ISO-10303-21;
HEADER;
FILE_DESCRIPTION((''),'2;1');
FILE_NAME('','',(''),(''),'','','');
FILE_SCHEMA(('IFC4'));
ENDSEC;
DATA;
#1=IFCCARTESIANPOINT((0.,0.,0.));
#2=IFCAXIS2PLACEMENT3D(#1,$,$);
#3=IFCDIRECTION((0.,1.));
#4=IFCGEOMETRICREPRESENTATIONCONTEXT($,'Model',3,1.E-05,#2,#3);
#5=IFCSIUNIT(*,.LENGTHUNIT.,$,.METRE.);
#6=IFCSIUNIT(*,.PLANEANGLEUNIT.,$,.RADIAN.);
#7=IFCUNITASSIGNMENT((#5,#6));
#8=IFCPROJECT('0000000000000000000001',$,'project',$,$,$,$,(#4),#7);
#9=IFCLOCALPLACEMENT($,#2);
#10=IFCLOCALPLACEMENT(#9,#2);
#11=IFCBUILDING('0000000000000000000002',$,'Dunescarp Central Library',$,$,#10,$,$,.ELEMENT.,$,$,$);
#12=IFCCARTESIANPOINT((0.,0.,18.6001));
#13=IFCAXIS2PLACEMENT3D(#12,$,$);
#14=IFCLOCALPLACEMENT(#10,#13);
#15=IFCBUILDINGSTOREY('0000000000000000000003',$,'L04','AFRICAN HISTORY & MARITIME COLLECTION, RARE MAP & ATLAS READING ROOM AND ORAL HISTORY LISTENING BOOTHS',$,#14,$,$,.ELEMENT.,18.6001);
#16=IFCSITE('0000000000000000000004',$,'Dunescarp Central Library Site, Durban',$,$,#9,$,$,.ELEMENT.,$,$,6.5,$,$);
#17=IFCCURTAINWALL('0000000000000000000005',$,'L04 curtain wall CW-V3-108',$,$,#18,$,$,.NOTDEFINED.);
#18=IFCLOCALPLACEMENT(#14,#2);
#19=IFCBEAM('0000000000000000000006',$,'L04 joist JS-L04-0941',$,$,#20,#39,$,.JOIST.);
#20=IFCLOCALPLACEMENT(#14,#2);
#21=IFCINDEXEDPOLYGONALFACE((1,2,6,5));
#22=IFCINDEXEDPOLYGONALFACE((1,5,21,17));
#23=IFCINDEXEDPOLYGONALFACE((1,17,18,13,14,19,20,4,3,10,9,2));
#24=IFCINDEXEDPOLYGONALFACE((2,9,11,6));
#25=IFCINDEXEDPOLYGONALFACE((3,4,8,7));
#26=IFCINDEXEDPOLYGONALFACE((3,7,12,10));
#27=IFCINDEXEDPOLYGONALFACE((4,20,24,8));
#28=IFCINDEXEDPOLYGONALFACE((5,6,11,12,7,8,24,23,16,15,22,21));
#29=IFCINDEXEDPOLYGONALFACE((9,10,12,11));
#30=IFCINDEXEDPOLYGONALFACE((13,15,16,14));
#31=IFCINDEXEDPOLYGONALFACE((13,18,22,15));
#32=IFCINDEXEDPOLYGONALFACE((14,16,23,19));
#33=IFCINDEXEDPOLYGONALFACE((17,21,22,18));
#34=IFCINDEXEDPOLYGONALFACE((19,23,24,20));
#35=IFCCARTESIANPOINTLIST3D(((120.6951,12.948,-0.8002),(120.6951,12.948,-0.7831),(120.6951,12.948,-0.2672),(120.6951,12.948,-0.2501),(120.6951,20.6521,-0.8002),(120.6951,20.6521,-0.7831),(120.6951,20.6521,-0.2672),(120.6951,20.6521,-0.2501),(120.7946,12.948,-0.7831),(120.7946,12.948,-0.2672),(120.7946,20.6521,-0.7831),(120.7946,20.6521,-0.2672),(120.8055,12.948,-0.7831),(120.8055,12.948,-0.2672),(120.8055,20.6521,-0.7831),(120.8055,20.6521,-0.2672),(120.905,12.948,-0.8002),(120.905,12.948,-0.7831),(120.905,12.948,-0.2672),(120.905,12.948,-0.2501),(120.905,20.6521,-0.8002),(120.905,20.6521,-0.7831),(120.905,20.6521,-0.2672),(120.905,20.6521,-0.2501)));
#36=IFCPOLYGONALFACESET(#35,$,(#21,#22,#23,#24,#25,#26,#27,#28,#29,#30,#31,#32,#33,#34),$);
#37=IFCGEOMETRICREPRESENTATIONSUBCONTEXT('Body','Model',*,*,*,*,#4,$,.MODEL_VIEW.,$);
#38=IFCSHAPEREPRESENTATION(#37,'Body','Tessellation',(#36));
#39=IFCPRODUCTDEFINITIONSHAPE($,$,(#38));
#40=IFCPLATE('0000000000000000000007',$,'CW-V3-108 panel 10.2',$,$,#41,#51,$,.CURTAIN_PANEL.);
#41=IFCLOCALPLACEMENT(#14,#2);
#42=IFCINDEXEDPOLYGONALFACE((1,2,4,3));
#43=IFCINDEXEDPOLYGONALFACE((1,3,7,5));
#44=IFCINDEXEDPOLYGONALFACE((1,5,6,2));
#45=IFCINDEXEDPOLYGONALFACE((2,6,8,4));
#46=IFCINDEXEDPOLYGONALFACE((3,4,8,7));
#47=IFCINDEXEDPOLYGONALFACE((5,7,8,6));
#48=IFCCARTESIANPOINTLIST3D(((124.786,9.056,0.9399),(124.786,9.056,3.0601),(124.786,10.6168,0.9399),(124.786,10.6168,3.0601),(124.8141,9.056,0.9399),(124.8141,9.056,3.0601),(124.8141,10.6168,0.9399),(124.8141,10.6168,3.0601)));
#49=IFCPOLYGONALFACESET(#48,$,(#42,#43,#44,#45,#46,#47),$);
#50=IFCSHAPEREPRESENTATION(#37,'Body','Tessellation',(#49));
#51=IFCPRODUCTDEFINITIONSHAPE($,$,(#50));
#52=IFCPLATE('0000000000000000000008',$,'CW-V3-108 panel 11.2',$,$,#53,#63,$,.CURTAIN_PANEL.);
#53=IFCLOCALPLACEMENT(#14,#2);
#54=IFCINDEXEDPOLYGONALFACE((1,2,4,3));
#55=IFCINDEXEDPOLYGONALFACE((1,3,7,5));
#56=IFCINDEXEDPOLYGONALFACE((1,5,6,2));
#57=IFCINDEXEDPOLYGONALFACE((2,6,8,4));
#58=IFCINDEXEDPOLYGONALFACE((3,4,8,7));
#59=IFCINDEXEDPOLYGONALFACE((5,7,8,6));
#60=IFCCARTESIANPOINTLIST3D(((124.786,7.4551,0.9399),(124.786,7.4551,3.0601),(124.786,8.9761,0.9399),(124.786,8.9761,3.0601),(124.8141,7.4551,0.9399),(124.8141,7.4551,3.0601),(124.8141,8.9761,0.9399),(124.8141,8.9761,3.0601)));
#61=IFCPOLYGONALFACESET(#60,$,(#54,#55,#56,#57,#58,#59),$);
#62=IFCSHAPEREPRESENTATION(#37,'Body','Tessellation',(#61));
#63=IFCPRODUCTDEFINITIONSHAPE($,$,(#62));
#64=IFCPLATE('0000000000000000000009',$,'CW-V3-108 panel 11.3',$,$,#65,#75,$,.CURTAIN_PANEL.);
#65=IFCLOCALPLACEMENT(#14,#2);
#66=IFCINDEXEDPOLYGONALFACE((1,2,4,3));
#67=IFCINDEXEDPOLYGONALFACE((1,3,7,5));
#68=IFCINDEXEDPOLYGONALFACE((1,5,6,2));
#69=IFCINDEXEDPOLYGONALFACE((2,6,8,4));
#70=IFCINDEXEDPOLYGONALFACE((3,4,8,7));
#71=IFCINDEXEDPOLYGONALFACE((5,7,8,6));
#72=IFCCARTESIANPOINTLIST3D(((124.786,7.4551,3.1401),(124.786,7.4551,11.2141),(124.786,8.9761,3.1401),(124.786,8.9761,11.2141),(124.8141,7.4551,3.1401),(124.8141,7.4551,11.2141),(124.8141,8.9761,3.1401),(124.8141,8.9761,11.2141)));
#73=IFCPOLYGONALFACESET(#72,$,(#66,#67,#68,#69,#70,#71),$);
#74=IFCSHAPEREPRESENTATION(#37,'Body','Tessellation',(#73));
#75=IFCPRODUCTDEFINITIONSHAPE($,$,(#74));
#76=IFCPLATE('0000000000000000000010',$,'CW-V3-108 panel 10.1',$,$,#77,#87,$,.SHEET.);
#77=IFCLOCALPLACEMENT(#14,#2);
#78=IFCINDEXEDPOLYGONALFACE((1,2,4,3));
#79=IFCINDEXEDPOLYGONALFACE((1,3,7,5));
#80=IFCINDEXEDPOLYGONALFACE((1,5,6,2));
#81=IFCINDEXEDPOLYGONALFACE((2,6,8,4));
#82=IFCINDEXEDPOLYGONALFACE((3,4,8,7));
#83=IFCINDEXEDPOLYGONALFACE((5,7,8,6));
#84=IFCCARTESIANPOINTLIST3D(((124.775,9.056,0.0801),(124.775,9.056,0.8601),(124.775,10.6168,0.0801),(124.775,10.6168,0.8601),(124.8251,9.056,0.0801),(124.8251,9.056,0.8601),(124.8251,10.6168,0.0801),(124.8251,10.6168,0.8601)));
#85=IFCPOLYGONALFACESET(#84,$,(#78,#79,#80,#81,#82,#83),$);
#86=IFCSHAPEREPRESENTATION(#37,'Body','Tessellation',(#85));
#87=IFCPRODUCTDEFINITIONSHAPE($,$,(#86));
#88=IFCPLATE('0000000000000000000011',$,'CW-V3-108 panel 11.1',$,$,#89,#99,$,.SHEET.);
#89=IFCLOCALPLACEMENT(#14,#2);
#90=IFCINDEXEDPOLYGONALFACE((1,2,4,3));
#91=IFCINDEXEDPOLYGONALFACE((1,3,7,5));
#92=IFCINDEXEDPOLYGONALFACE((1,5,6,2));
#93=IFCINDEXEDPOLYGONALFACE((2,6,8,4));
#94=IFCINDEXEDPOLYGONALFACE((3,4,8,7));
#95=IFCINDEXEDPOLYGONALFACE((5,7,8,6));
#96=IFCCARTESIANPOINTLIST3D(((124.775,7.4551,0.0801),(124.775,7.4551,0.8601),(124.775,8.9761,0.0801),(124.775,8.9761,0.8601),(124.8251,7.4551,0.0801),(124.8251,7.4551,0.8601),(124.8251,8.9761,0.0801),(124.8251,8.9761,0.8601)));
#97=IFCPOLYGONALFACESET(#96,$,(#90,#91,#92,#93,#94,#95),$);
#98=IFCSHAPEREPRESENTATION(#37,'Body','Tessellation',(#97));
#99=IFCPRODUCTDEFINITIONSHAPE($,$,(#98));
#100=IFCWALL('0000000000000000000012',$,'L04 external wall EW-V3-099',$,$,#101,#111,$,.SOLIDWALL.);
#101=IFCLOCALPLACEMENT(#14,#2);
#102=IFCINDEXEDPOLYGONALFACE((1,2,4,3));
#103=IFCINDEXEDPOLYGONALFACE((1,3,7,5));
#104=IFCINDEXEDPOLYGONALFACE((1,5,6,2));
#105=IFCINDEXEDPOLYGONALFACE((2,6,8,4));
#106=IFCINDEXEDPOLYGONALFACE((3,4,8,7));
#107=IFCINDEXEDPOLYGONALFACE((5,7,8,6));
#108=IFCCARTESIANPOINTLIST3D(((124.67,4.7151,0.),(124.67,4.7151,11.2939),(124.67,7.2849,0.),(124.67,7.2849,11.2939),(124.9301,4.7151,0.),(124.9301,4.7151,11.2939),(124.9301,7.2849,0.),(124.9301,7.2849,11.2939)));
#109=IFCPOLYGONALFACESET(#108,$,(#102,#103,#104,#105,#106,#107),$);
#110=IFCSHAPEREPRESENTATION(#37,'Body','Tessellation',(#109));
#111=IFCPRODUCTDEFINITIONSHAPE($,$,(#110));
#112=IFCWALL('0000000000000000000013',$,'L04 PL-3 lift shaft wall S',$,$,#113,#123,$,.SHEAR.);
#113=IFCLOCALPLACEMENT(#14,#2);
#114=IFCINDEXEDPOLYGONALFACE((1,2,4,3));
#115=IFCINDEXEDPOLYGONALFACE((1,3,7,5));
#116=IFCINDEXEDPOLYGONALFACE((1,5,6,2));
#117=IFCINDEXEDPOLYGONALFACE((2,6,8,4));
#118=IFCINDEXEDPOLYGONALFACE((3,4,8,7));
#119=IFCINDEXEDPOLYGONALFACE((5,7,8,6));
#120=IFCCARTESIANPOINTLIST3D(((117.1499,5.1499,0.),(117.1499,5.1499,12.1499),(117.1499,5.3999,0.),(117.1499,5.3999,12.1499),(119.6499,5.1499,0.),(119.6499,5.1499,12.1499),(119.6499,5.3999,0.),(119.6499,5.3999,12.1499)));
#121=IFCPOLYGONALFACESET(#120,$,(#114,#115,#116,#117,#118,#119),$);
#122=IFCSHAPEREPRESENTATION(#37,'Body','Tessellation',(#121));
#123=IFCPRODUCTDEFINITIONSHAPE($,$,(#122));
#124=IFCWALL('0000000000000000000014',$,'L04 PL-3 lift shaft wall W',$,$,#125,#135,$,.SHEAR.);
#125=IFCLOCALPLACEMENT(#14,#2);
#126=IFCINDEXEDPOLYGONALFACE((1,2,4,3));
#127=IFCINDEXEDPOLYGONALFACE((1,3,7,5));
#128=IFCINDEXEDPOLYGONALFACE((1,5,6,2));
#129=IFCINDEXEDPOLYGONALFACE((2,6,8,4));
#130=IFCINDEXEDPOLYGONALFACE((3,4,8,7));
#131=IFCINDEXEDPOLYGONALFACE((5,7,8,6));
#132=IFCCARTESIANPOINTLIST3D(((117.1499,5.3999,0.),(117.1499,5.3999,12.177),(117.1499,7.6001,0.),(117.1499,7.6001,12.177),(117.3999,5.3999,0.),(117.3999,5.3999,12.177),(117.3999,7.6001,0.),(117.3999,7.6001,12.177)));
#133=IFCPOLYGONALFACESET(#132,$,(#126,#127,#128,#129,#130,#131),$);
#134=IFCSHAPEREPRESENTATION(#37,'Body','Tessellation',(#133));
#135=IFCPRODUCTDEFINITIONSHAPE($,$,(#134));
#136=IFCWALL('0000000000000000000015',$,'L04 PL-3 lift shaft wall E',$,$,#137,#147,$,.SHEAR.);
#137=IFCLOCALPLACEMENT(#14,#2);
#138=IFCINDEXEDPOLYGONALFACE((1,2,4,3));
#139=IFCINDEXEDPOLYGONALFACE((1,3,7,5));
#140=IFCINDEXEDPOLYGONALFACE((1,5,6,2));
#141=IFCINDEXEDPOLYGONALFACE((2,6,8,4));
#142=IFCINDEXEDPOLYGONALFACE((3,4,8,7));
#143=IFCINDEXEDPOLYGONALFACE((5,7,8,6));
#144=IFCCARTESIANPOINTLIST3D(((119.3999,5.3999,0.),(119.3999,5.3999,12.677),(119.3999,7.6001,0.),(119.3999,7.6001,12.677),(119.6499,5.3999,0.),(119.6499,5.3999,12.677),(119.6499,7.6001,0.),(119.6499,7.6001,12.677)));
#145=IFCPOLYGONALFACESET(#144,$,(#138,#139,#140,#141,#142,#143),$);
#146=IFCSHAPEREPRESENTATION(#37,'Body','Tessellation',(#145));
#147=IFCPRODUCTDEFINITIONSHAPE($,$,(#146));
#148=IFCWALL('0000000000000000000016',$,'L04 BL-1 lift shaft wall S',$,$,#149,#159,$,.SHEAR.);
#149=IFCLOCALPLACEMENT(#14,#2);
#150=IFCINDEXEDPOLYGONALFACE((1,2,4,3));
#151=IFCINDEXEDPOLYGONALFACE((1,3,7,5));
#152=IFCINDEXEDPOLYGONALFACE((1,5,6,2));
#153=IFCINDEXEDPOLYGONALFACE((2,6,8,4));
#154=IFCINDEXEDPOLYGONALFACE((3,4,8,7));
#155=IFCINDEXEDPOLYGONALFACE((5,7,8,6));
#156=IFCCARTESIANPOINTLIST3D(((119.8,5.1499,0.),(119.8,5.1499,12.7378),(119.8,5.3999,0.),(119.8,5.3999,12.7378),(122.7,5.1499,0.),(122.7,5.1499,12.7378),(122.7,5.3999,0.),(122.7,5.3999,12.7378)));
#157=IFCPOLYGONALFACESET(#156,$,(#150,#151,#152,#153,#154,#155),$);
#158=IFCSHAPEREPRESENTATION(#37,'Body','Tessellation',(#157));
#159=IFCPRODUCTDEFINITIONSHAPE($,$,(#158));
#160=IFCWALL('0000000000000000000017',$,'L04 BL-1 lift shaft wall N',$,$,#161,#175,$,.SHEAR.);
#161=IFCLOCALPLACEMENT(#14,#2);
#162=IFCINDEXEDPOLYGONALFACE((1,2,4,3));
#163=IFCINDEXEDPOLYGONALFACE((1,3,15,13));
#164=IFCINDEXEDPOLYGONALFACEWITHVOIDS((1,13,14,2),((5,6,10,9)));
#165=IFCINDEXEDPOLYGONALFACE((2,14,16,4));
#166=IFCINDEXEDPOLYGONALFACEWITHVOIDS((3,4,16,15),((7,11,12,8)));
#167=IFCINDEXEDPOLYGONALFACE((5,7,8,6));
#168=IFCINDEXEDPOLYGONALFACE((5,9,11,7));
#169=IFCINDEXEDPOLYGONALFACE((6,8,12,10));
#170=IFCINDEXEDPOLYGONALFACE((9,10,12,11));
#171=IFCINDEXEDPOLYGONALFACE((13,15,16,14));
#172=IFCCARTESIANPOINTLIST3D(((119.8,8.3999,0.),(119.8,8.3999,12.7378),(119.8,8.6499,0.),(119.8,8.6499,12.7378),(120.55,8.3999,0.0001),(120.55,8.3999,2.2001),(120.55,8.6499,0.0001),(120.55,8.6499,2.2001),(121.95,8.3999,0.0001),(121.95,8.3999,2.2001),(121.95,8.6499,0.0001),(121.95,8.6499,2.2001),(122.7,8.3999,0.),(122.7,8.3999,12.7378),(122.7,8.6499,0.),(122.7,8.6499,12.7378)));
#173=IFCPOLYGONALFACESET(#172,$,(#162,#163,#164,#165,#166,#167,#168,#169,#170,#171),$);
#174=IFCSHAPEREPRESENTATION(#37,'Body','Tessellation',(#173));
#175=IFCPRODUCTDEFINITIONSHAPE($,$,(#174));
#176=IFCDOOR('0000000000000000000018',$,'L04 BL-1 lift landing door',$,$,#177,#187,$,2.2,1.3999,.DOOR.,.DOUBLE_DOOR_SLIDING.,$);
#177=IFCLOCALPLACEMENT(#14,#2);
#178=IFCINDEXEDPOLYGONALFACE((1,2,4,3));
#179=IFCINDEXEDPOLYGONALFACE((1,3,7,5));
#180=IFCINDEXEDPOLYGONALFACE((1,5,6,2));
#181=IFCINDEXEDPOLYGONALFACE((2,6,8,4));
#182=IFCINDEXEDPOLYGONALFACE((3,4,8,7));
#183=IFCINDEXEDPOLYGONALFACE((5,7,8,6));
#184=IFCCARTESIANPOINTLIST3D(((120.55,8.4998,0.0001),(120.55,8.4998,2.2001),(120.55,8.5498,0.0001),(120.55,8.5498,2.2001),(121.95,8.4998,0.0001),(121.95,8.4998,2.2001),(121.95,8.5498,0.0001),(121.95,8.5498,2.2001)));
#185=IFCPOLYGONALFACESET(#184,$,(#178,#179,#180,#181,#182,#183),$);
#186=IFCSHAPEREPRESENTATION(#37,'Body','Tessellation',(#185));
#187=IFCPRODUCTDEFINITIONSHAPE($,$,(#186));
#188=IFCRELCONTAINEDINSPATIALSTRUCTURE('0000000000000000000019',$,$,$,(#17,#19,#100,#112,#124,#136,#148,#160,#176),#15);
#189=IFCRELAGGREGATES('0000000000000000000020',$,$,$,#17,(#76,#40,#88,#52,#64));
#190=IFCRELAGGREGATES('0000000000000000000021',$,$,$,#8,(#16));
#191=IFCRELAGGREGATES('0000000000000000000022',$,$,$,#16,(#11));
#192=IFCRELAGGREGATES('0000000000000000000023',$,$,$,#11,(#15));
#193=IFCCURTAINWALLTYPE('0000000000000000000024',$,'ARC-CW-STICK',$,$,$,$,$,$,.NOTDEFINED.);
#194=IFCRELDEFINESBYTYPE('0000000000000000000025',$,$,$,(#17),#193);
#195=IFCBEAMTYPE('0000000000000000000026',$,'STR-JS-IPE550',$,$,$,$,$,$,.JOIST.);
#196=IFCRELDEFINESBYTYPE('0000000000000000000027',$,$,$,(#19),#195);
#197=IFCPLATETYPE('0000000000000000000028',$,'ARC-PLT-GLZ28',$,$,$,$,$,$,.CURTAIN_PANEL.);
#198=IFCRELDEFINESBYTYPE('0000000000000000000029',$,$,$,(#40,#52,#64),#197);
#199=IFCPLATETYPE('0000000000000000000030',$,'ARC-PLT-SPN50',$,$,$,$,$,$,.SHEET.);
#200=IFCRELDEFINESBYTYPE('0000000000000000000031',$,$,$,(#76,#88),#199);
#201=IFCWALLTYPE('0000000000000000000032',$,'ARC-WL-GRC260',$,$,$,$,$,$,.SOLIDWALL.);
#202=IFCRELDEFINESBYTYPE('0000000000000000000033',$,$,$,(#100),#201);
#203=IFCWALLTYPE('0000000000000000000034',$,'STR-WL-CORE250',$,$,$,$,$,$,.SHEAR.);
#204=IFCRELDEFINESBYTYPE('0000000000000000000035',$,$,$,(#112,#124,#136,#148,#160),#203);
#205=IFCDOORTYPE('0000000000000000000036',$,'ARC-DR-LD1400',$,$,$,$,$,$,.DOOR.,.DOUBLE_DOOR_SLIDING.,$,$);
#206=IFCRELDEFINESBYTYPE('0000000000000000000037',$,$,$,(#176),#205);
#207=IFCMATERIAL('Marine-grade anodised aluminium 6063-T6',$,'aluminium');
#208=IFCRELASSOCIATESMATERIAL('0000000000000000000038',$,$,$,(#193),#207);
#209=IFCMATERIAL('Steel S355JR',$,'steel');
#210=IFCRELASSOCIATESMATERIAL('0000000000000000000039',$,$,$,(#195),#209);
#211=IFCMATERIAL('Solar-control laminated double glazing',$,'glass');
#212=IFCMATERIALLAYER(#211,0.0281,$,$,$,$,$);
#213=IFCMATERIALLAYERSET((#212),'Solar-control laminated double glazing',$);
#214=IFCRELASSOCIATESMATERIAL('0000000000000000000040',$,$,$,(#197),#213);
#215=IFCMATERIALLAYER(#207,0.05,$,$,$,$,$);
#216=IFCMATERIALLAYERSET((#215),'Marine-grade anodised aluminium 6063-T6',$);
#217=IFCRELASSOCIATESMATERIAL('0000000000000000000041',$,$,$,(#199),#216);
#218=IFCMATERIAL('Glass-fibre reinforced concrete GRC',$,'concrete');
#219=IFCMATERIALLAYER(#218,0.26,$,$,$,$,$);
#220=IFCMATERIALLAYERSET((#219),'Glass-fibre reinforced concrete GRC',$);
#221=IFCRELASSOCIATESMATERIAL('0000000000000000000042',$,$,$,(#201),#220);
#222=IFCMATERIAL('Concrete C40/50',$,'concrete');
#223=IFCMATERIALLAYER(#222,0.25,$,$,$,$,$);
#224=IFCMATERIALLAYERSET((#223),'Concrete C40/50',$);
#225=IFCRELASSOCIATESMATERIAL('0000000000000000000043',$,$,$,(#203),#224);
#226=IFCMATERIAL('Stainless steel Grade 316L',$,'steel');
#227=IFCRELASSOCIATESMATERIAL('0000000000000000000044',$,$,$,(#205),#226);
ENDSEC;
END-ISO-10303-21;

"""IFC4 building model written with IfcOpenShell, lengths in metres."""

from ifc_helpers import new_model, si_unit, direction, frame, frame_2d, origin, origin_2d, place, context, subcontext, project, spatial, rectangle, i_section, extrude, material, layer, layer_set, material_profile, profile_set, type_object, element, fill, aggregate, save


model = new_model("IFC4")

# Units and contexts
model_context = context("Model", 3, precision=1e-05, world=origin(), true_north=direction((0.0, 1.0)))
body_context = subcontext(model_context, "Body", "Model", "MODEL_VIEW")
ifc_project = project(units=[si_unit("LENGTHUNIT", "METRE"), si_unit("PLANEANGLEUNIT", "RADIAN")], contexts=[model_context])

# Site, building, storey
site_placement = place(None, origin())
site = spatial("IfcSite", under=ifc_project, at=site_placement, Name="Dunescarp Central Library Site, Durban", CompositionType="ELEMENT", RefElevation=6.5)
building_placement = place(site_placement, origin())
building = spatial("IfcBuilding", under=site, at=building_placement, Name="Dunescarp Central Library", CompositionType="ELEMENT")
storey_placement = place(building_placement, frame((0.0, 0.0, 18.6001)))
storey = spatial("IfcBuildingStorey", under=building, at=storey_placement, Name="L04", Description="AFRICAN HISTORY & MARITIME COLLECTION, RARE MAP & ATLAS READING ROOM AND ORAL HISTORY LISTENING BOOTHS", CompositionType="ELEMENT", Elevation=18.6001)

# Shared definitions
ifc_material_1 = material(Name="Steel S355JR", Category="steel")

# Curtain wall
ifc_material_2 = material(Name="Marine-grade anodised aluminium 6063-T6", Category="aluminium")
curtain_wall_type = type_object("IfcCurtainWallType", Name="ARC-CW-STICK", PredefinedType="NOTDEFINED", material=ifc_material_2)
curtain_wall_placement = place(storey_placement, origin())
curtain_wall = element("IfcCurtainWall", 1, at=curtain_wall_placement, inside=storey, type_object=curtain_wall_type, Name="L04 curtain wall CW-V3-108", PredefinedType="NOTDEFINED")

# Beam
ifc_material_profile_1 = material_profile(ifc_material_1, i_section(OverallWidth=0.21, OverallDepth=0.55, WebThickness=0.011, FlangeThickness=0.0171, at=origin_2d()), Name="IPE 550")
ifc_profile_set_1 = profile_set([ifc_material_profile_1], Name="Steel S355JR")
beam_type_1 = type_object("IfcBeamType", Name="STR-JS-IPE550", PredefinedType="JOIST", material=ifc_profile_set_1)
for number, where, z_axis, x_axis, name in (
    (2, (120.8, 12.948, -0.5251), (0.0, 1.0, 0.0), (-1.0, 0.0, 0.0), "L04 joist JS-L04-0941"),
):
    element("IfcBeam", number, at=place(storey_placement, frame(where, z_axis=z_axis, x_axis=x_axis)), inside=storey, type_object=beam_type_1, Name=name, PredefinedType="JOIST", context=body_context, shape_type="SweptSolid", body=[
        extrude(i_section(OverallWidth=0.21, OverallDepth=0.55, WebThickness=0.011, FlangeThickness=0.0171, at=origin_2d()), origin(), (0.0, 0.0, 1.0), 7.7041),
    ])

# Plates
ifc_material_3 = material(Name="Solar-control laminated double glazing", Category="glass")
ifc_layer_1 = layer(ifc_material_3, 0.0281)
ifc_layer_set_1 = layer_set([ifc_layer_1], Name="Solar-control laminated double glazing")
plate_type_1 = type_object("IfcPlateType", Name="ARC-PLT-GLZ28", PredefinedType="CURTAIN_PANEL", material=ifc_layer_set_1)
plate_1_placement = place(storey_placement, frame((124.8, 9.8364, 0.9399), z_axis=(0.0, 0.0, 1.0), x_axis=(0.0, -1.0, 0.0)))
plate_1 = element("IfcPlate", 3, at=plate_1_placement, type_object=plate_type_1, Name="CW-V3-108 panel 10.2", PredefinedType="CURTAIN_PANEL", context=body_context, shape_type="SweptSolid", body=[
    extrude(rectangle(XDim=1.5608, YDim=0.0281, at=origin_2d()), origin(), (0.0, 0.0, 1.0), 2.1201),
])
plate_2_placement = place(storey_placement, frame((124.8, 8.2156, 0.9399), z_axis=(0.0, 0.0, 1.0), x_axis=(0.0, -1.0, 0.0)))
plate_2 = element("IfcPlate", 4, at=plate_2_placement, type_object=plate_type_1, Name="CW-V3-108 panel 11.2", PredefinedType="CURTAIN_PANEL", context=body_context, shape_type="SweptSolid", body=[
    extrude(rectangle(XDim=1.521, YDim=0.0281, at=origin_2d()), origin(), (0.0, 0.0, 1.0), 2.1201),
])
plate_3_placement = place(storey_placement, frame((124.8, 8.2156, 3.1401), z_axis=(0.0, 0.0, 1.0), x_axis=(0.0, -1.0, 0.0)))
plate_3 = element("IfcPlate", 5, at=plate_3_placement, type_object=plate_type_1, Name="CW-V3-108 panel 11.3", PredefinedType="CURTAIN_PANEL", context=body_context, shape_type="SweptSolid", body=[
    extrude(rectangle(XDim=1.521, YDim=0.0281, at=origin_2d()), origin(), (0.0, 0.0, 1.0), 8.074),
])
ifc_layer_2 = layer(ifc_material_2, 0.05)
ifc_layer_set_2 = layer_set([ifc_layer_2], Name="Marine-grade anodised aluminium 6063-T6")
plate_type_2 = type_object("IfcPlateType", Name="ARC-PLT-SPN50", PredefinedType="SHEET", material=ifc_layer_set_2)
plate_4_placement = place(storey_placement, frame((124.8, 9.8364, 0.0801), z_axis=(0.0, 0.0, 1.0), x_axis=(0.0, -1.0, 0.0)))
plate_4 = element("IfcPlate", 6, at=plate_4_placement, type_object=plate_type_2, Name="CW-V3-108 panel 10.1", PredefinedType="SHEET", context=body_context, shape_type="SweptSolid", body=[
    extrude(rectangle(XDim=1.5608, YDim=0.05, at=origin_2d()), origin(), (0.0, 0.0, 1.0), 0.78),
])
plate_5_placement = place(storey_placement, frame((124.8, 8.2156, 0.0801), z_axis=(0.0, 0.0, 1.0), x_axis=(0.0, -1.0, 0.0)))
plate_5 = element("IfcPlate", 7, at=plate_5_placement, type_object=plate_type_2, Name="CW-V3-108 panel 11.1", PredefinedType="SHEET", context=body_context, shape_type="SweptSolid", body=[
    extrude(rectangle(XDim=1.521, YDim=0.05, at=origin_2d()), origin(), (0.0, 0.0, 1.0), 0.78),
])
aggregate(curtain_wall, [plate_4, plate_1, plate_5, plate_2, plate_3])

# Walls
ifc_material_4 = material(Name="Glass-fibre reinforced concrete GRC", Category="concrete")
ifc_layer_3 = layer(ifc_material_4, 0.26)
ifc_layer_set_3 = layer_set([ifc_layer_3], Name="Glass-fibre reinforced concrete GRC")
wall_type_1 = type_object("IfcWallType", Name="ARC-WL-GRC260", PredefinedType="SOLIDWALL", material=ifc_layer_set_3)
wall_1_placement = place(storey_placement, frame((124.8, 7.2849, 0.0), z_axis=(0.0, 0.0, 1.0), x_axis=(0.0, -1.0, 0.0)))
element("IfcWall", 8, at=wall_1_placement, inside=storey, type_object=wall_type_1, Name="L04 external wall EW-V3-099", PredefinedType="SOLIDWALL", context=body_context, shape_type="SweptSolid", body=[
    extrude(rectangle(XDim=2.5698, YDim=0.26, at=frame_2d((1.2849, 0.0))), origin(), (0.0, 0.0, 1.0), 11.2939),
])
ifc_material_5 = material(Name="Concrete C40/50", Category="concrete")
ifc_layer_4 = layer(ifc_material_5, 0.25)
ifc_layer_set_4 = layer_set([ifc_layer_4], Name="Concrete C40/50")
wall_type_2 = type_object("IfcWallType", Name="STR-WL-CORE250", PredefinedType="SHEAR", material=ifc_layer_set_4)
wall_2_placement = place(storey_placement, frame((119.6499, 5.2749, 0.0), z_axis=(0.0, 0.0, 1.0), x_axis=(-1.0, 0.0, 0.0)))
element("IfcWall", 9, at=wall_2_placement, inside=storey, type_object=wall_type_2, Name="L04 PL-3 lift shaft wall S", PredefinedType="SHEAR", context=body_context, shape_type="SweptSolid", body=[
    extrude(rectangle(XDim=2.5, YDim=0.25, at=frame_2d((1.25, 0.0))), origin(), (0.0, 0.0, 1.0), 12.1499),
])
wall_3_placement = place(storey_placement, frame((117.2749, 5.3999, 0.0), z_axis=(0.0, 0.0, 1.0), x_axis=(0.0, 1.0, 0.0)))
element("IfcWall", 10, at=wall_3_placement, inside=storey, type_object=wall_type_2, Name="L04 PL-3 lift shaft wall W", PredefinedType="SHEAR", context=body_context, shape_type="SweptSolid", body=[
    extrude(rectangle(XDim=2.2002, YDim=0.25, at=frame_2d((1.1001, 0.0))), origin(), (0.0, 0.0, 1.0), 12.177),
])
wall_4_placement = place(storey_placement, frame((119.5249, 7.6001, 0.0), z_axis=(0.0, 0.0, 1.0), x_axis=(0.0, -1.0, 0.0)))
element("IfcWall", 11, at=wall_4_placement, inside=storey, type_object=wall_type_2, Name="L04 PL-3 lift shaft wall E", PredefinedType="SHEAR", context=body_context, shape_type="SweptSolid", body=[
    extrude(rectangle(XDim=2.2002, YDim=0.25, at=frame_2d((1.1001, 0.0))), origin(), (0.0, 0.0, 1.0), 12.677),
])
wall_5_placement = place(storey_placement, frame((122.7, 5.2749, 0.0), z_axis=(0.0, 0.0, 1.0), x_axis=(-1.0, 0.0, 0.0)))
element("IfcWall", 12, at=wall_5_placement, inside=storey, type_object=wall_type_2, Name="L04 BL-1 lift shaft wall S", PredefinedType="SHEAR", context=body_context, shape_type="SweptSolid", body=[
    extrude(rectangle(XDim=2.8999, YDim=0.25, at=frame_2d((1.45, 0.0))), origin(), (0.0, 0.0, 1.0), 12.7378),
])

# Wall, opening, door
wall_6_placement = place(storey_placement, frame((119.8, 8.5249, 0.0), z_axis=(0.0, 0.0, 1.0), x_axis=(1.0, 0.0, 0.0)))
wall_6 = element("IfcWall", 13, at=wall_6_placement, inside=storey, type_object=wall_type_2, Name="L04 BL-1 lift shaft wall N", PredefinedType="SHEAR", context=body_context, shape_type="SweptSolid", body=[
    extrude(rectangle(XDim=2.8999, YDim=0.25, at=frame_2d((1.45, 0.0))), origin(), (0.0, 0.0, 1.0), 12.7378),
])
opening_placement = place(wall_6_placement, frame((0.75, 0.0, 0.0)))
opening = element("IfcOpeningElement", 14, at=opening_placement, cuts=wall_6, PredefinedType="OPENING", context=body_context, shape_type="SweptSolid", body=[
    extrude(rectangle(XDim=1.3999, YDim=2.2, at=frame_2d((0.7, 1.1001))), frame((0.0, 0.135, 0.0), z_axis=(0.0, -1.0, 0.0), x_axis=(1.0, 0.0, 0.0)), (0.0, 0.0, 1.0), 0.27),
])
ifc_material_6 = material(Name="Stainless steel Grade 316L", Category="steel")
door_type = type_object("IfcDoorType", Name="ARC-DR-LD1400", OperationType="DOUBLE_DOOR_SLIDING", PredefinedType="DOOR", material=ifc_material_6)
door_placement = place(opening_placement, origin())
door = element("IfcDoor", 15, at=door_placement, inside=storey, type_object=door_type, Name="L04 BL-1 lift landing door", OperationType="DOUBLE_DOOR_SLIDING", OverallHeight=2.2, OverallWidth=1.3999, PredefinedType="DOOR", context=body_context, shape_type="SweptSolid", body=[
    extrude(rectangle(XDim=1.3999, YDim=2.2, at=frame_2d((0.7, 1.1001))), frame((0.0, 0.0249, 0.0), z_axis=(0.0, -1.0, 0.0), x_axis=(1.0, 0.0, 0.0)), (0.0, 0.0, 1.0), 0.05),
])
fill(opening, door)

save(model, "model.ifc")
